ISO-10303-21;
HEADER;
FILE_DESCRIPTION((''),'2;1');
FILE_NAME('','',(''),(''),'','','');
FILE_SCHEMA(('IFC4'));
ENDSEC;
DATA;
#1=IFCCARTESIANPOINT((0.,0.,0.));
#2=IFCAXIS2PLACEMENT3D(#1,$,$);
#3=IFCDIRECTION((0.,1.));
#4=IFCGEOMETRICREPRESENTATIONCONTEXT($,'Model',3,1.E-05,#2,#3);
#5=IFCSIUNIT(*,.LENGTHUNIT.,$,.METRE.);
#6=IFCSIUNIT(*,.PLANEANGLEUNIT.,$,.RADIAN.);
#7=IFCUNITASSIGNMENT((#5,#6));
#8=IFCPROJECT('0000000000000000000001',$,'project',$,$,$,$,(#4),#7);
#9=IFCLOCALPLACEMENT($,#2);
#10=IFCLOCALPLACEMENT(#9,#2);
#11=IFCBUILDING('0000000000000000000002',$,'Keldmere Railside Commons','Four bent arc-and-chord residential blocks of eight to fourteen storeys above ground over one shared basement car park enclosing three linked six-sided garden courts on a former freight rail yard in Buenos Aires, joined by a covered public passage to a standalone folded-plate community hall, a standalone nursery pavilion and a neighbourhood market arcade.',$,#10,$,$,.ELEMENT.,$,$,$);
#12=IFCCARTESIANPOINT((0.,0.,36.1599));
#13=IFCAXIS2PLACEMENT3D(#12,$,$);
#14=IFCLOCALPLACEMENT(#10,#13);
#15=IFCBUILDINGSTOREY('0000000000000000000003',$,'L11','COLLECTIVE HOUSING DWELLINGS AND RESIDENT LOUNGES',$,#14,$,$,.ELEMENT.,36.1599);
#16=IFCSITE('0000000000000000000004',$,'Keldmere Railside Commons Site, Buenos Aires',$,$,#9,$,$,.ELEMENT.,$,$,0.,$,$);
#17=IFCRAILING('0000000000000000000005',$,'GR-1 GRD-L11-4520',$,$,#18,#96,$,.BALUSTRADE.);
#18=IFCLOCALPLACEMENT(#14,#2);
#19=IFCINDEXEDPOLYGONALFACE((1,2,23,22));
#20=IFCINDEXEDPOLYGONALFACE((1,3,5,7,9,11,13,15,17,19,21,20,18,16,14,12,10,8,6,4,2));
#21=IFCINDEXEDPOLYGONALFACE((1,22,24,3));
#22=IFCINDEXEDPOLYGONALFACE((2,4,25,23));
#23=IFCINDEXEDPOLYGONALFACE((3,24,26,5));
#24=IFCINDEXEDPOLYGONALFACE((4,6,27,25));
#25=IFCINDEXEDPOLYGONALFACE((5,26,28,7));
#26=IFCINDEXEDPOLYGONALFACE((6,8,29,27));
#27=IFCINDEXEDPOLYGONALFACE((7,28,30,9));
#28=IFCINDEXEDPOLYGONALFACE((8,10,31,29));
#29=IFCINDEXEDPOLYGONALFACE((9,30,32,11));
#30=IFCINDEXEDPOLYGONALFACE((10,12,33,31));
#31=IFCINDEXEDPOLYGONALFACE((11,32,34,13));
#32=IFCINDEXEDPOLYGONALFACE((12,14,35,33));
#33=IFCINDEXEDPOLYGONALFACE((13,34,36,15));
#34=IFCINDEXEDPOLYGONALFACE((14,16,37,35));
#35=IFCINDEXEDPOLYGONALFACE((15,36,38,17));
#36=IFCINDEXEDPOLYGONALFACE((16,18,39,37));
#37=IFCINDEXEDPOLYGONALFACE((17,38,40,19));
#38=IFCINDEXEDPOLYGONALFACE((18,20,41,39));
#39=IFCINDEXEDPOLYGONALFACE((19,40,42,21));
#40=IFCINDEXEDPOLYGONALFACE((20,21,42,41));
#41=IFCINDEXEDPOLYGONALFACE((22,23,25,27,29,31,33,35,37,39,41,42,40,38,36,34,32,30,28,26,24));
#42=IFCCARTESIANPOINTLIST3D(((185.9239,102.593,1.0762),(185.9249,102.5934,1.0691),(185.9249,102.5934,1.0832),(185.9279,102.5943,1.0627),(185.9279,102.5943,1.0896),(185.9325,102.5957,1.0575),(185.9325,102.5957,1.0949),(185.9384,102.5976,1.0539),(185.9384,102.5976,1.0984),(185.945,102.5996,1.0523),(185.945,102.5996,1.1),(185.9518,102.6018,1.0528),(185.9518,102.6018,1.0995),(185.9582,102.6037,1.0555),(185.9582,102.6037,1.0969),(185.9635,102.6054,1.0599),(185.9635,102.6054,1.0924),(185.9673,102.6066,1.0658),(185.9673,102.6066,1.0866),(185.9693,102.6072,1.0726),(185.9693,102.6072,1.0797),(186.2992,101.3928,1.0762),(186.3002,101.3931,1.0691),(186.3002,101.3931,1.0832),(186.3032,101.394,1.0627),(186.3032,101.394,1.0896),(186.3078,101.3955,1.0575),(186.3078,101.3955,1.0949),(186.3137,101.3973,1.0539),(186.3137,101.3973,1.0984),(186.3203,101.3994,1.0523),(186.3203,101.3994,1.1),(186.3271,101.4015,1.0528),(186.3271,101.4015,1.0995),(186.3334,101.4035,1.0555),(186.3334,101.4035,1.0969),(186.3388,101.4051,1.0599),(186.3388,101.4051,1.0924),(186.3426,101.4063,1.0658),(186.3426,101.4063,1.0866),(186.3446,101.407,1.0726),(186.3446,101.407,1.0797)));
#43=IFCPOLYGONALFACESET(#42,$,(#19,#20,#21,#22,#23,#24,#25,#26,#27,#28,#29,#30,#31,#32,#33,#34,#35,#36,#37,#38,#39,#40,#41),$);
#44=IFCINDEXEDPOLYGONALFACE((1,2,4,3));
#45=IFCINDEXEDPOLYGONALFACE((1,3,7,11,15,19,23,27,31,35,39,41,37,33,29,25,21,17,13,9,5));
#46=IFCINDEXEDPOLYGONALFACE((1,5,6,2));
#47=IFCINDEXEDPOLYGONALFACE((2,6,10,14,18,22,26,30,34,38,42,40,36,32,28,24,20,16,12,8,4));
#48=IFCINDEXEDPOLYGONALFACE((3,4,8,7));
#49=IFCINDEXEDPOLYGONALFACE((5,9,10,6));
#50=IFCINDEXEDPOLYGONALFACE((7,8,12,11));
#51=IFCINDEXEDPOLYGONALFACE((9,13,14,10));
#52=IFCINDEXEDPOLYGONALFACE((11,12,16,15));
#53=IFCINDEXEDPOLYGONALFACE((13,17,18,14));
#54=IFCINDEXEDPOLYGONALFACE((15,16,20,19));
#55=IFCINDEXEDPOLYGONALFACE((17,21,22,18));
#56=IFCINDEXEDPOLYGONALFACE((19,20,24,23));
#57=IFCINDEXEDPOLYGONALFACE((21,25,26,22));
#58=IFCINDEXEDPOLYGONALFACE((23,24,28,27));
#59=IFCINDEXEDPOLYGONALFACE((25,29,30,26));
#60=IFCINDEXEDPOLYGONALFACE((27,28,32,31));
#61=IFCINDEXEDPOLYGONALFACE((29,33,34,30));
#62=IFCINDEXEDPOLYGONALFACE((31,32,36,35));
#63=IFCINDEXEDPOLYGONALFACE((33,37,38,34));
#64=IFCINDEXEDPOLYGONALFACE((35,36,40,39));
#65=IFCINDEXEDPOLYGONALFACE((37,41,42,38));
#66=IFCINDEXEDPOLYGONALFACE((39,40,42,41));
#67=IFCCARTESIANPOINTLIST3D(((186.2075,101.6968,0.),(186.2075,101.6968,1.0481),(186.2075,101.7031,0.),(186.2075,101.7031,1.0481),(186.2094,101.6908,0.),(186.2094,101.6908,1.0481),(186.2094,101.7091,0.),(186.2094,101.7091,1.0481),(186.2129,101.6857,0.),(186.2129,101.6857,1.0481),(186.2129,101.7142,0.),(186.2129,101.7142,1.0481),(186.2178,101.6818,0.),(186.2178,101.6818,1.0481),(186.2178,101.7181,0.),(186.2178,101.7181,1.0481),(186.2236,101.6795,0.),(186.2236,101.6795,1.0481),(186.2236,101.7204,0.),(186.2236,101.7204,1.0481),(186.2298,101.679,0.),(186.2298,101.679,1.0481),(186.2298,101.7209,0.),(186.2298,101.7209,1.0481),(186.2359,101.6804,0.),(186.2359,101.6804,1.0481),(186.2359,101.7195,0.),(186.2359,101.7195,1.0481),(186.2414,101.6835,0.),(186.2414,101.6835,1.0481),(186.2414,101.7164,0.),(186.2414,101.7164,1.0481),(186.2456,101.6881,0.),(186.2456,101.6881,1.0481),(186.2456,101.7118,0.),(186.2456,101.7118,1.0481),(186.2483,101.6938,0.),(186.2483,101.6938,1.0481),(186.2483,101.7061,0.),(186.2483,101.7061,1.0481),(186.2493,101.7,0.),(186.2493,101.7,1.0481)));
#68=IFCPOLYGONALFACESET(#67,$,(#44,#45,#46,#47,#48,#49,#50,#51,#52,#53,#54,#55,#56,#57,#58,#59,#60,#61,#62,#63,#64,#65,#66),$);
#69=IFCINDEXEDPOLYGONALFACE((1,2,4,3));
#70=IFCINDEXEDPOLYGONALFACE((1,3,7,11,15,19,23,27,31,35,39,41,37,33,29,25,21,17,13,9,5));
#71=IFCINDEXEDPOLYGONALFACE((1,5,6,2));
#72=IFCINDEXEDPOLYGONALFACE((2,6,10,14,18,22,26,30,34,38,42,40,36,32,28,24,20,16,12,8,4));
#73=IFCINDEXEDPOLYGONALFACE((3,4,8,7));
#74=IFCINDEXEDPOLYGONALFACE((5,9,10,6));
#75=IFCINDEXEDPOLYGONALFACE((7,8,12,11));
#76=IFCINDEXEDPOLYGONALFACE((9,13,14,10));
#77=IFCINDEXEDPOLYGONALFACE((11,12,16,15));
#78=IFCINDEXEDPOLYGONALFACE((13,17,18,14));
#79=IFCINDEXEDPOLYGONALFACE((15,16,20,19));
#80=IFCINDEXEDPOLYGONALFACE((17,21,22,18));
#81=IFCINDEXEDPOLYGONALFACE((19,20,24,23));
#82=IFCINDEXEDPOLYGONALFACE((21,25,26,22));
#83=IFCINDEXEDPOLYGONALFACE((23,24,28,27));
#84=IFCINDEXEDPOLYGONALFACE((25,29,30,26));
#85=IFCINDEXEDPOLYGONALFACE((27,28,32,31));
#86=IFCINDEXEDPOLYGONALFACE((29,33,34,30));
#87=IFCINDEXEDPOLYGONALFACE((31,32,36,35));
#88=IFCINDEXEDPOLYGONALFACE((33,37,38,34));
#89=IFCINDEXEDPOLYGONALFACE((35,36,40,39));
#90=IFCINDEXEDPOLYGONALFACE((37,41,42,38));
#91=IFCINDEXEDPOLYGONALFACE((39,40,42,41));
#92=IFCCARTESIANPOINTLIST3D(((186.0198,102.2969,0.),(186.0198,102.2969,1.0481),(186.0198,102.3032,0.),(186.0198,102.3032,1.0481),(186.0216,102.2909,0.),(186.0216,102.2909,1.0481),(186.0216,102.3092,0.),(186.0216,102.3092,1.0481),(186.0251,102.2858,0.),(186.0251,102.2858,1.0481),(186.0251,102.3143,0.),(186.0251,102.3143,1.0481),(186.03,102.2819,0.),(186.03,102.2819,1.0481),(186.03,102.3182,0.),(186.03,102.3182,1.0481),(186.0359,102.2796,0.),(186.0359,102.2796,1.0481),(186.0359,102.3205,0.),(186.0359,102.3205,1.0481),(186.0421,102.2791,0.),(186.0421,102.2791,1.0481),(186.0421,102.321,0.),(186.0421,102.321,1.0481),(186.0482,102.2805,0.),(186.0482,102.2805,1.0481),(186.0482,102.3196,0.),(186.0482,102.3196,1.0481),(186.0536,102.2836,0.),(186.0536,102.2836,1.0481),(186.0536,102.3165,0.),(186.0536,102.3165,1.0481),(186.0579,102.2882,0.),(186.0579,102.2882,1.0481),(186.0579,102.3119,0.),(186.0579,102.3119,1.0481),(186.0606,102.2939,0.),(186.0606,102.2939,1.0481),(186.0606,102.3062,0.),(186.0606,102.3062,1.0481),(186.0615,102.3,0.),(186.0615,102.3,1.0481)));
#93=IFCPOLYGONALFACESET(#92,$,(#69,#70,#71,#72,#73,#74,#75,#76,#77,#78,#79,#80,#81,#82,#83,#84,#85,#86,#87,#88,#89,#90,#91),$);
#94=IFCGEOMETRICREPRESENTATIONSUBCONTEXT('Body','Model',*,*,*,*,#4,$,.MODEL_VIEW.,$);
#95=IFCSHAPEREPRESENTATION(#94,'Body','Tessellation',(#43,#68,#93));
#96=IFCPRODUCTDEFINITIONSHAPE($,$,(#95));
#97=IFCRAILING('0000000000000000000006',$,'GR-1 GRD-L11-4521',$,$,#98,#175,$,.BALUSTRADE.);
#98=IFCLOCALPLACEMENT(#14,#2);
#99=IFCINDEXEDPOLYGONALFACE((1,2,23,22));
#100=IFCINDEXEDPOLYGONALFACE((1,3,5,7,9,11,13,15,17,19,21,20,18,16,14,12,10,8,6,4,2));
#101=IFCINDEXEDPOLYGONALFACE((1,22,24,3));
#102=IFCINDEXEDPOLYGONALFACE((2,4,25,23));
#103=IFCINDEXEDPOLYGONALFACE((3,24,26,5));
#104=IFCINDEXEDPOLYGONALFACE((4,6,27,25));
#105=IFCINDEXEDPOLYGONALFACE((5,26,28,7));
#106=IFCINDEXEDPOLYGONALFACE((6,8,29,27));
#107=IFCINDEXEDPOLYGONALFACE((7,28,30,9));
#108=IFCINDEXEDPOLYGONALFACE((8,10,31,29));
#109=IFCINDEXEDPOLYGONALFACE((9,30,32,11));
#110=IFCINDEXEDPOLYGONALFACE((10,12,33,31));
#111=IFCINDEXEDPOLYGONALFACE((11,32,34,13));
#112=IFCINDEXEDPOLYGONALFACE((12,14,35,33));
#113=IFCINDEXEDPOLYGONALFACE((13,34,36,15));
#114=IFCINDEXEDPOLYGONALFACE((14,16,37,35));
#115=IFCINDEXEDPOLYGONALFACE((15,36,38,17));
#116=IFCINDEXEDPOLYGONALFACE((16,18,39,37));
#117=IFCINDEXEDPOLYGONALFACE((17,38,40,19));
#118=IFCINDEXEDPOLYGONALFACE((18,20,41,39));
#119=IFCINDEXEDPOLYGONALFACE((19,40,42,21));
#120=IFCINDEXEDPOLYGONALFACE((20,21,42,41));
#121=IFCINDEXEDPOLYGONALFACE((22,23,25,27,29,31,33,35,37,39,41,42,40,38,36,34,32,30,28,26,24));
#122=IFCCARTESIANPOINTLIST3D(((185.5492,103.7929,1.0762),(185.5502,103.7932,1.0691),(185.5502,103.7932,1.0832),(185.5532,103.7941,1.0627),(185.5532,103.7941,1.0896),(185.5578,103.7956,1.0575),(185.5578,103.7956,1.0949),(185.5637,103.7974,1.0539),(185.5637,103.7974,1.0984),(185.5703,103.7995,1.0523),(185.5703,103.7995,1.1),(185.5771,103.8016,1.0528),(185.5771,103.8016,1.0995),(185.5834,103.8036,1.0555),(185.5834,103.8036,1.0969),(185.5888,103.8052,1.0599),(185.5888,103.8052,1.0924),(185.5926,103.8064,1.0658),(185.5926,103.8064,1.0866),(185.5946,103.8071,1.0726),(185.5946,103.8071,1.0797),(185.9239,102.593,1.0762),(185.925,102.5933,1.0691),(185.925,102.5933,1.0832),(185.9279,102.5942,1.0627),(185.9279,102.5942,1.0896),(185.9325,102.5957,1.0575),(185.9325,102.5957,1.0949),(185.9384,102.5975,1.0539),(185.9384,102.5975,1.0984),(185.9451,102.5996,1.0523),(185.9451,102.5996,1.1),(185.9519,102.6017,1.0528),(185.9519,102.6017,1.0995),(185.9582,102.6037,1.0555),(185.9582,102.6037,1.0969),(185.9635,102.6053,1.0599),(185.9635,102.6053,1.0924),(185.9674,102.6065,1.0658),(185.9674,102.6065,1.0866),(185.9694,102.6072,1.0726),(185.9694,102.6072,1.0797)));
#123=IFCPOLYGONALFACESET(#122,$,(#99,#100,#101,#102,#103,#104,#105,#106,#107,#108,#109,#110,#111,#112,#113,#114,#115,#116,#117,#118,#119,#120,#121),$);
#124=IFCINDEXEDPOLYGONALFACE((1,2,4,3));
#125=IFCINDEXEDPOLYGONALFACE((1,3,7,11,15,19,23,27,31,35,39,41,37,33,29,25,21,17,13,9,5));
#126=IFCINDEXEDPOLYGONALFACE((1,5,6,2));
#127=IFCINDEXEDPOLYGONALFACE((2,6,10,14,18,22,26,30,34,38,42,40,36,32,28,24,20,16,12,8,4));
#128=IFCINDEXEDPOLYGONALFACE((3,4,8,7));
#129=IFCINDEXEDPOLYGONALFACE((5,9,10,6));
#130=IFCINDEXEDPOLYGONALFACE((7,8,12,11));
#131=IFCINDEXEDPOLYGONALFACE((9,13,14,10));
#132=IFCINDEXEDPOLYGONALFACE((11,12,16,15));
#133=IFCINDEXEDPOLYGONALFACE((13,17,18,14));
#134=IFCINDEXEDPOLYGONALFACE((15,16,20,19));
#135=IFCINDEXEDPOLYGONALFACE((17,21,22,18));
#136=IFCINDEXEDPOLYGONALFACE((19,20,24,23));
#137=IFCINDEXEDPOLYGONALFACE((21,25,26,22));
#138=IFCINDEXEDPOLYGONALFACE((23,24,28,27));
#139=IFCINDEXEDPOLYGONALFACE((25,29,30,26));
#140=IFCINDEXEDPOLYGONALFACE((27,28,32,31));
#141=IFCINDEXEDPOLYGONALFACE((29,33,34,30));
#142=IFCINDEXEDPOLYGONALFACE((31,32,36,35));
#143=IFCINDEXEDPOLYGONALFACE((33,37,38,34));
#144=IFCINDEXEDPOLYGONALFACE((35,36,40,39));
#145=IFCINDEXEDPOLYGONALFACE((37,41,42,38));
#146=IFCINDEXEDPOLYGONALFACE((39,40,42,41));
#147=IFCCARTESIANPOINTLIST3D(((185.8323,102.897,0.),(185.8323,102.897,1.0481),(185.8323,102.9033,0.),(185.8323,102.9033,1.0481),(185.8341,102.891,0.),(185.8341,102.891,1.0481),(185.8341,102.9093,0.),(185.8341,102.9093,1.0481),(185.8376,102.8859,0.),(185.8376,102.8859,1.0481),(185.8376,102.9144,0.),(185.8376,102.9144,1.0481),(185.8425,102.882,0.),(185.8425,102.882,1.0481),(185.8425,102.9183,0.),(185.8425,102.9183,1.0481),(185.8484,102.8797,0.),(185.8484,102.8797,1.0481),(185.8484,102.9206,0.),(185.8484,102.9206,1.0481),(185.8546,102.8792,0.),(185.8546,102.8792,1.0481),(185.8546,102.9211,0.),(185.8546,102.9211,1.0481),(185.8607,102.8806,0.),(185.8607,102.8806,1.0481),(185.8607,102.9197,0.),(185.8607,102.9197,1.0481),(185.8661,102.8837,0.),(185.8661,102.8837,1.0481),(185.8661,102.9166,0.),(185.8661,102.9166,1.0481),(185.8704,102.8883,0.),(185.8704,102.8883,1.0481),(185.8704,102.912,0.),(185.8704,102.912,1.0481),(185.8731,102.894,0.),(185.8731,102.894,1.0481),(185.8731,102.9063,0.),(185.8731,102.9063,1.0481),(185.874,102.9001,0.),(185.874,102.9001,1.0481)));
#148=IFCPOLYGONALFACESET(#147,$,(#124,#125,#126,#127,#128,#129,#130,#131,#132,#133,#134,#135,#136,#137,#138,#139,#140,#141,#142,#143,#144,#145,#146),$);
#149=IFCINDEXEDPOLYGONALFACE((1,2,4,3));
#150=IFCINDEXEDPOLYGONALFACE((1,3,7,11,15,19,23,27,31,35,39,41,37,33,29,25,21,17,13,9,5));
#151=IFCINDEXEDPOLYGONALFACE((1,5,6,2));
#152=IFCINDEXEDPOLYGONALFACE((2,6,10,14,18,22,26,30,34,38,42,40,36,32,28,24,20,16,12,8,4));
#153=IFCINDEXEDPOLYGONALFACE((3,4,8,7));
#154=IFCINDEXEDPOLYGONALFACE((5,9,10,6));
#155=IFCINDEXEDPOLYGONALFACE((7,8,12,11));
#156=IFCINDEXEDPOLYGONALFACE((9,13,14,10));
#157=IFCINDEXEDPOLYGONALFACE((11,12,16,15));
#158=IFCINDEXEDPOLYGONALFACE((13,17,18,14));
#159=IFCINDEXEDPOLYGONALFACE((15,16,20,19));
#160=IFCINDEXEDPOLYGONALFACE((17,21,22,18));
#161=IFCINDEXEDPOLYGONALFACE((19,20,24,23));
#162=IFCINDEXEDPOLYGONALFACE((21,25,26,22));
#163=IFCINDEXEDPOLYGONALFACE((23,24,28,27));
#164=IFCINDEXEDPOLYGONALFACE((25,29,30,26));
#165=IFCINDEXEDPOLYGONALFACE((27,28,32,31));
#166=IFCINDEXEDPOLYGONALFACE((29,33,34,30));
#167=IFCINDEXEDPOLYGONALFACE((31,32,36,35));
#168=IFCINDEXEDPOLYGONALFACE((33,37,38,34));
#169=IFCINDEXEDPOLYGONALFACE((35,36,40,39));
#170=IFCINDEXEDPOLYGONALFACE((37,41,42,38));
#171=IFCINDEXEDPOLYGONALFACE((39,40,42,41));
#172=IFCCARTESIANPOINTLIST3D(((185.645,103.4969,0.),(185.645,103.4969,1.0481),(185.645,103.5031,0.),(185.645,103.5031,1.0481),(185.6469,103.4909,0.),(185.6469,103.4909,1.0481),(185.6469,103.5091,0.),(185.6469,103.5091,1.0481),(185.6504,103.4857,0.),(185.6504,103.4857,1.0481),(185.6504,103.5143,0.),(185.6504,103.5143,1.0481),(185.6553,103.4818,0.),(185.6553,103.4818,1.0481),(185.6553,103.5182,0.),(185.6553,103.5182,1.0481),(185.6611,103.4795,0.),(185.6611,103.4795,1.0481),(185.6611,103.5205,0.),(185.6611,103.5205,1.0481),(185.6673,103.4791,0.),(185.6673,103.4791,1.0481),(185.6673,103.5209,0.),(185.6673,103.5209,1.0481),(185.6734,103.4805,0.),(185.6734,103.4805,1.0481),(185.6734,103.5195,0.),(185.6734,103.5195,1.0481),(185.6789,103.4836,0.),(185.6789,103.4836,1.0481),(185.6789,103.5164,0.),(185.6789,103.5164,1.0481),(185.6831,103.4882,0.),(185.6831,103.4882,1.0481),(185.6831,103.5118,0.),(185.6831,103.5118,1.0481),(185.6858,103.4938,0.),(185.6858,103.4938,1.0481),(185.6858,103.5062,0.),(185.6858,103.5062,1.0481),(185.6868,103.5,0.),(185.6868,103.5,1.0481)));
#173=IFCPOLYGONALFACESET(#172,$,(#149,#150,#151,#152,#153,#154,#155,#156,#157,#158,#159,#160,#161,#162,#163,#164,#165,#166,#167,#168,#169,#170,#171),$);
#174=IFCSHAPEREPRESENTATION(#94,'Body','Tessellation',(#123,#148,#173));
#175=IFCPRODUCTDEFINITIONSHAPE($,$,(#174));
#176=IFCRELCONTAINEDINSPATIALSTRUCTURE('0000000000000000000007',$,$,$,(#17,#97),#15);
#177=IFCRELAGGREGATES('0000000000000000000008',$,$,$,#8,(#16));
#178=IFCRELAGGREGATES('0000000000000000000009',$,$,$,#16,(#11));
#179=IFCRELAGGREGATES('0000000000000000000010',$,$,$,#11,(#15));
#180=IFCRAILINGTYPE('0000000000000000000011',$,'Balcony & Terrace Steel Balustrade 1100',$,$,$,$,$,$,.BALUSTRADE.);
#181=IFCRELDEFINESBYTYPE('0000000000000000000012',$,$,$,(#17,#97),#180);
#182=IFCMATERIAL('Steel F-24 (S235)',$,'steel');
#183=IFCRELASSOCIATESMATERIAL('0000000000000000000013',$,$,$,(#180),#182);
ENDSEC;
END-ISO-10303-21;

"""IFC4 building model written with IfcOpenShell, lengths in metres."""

from ifc_helpers import new_model, si_unit, direction, frame, origin, origin_2d, place, context, subcontext, project, spatial, circle, extrude, material, type_object, element, save


model = new_model("IFC4")

# Units and contexts
model_context = context("Model", 3, precision=1e-05, world=origin(), true_north=direction((0.0, 1.0)))
body_context = subcontext(model_context, "Body", "Model", "MODEL_VIEW")
ifc_project = project(units=[si_unit("LENGTHUNIT", "METRE"), si_unit("PLANEANGLEUNIT", "RADIAN")], contexts=[model_context])

# Site, building, storey
site_placement = place(None, origin())
site = spatial("IfcSite", under=ifc_project, at=site_placement, Name="Keldmere Railside Commons Site, Buenos Aires", CompositionType="ELEMENT", RefElevation=0.0)
building_placement = place(site_placement, origin())
building = spatial("IfcBuilding", under=site, at=building_placement, Name="Keldmere Railside Commons", Description="Four bent arc-and-chord residential blocks of eight to fourteen storeys above ground over one shared basement car park enclosing three linked six-sided garden courts on a former freight rail yard in Buenos Aires, joined by a covered public passage to a standalone folded-plate community hall, a standalone nursery pavilion and a neighbourhood market arcade.", CompositionType="ELEMENT")
storey_placement = place(building_placement, frame((0.0, 0.0, 36.1599)))
storey = spatial("IfcBuildingStorey", under=building, at=storey_placement, Name="L11", Description="COLLECTIVE HOUSING DWELLINGS AND RESIDENT LOUNGES", CompositionType="ELEMENT", Elevation=36.1599)

# Railings
ifc_material_1 = material(Name="Steel F-24 (S235)", Category="steel")
railing_type = type_object("IfcRailingType", Name="Balcony & Terrace Steel Balustrade 1100", PredefinedType="BALUSTRADE", material=ifc_material_1)
railing_1_placement = place(storey_placement, frame((186.322, 101.3999, 0.0)))
element("IfcRailing", 1, at=railing_1_placement, inside=storey, type_object=railing_type, Name="GR-1 GRD-L11-4520", PredefinedType="BALUSTRADE", context=body_context, shape_type="SweptSolid", body=[
    extrude(circle(Radius=0.0239, at=origin_2d()), frame((0.0, 0.0, 1.0762), z_axis=(-0.298408, 0.954439, 0.0), x_axis=(-0.954439, -0.298408, 0.0)), (0.0, 0.0, 1.0), 1.2576),
    extrude(circle(Radius=0.021, at=origin_2d()), frame((-0.0938, 0.3, 0.0)), (0.0, 0.0, 1.0), 1.0481),
    extrude(circle(Radius=0.021, at=origin_2d()), frame((-0.2815, 0.9001, 0.0)), (0.0, 0.0, 1.0), 1.0481),
])
railing_2_placement = place(storey_placement, frame((185.9468, 102.6001, 0.0)))
element("IfcRailing", 2, at=railing_2_placement, inside=storey, type_object=railing_type, Name="GR-1 GRD-L11-4521", PredefinedType="BALUSTRADE", context=body_context, shape_type="SweptSolid", body=[
    extrude(circle(Radius=0.0239, at=origin_2d()), frame((0.0, 0.0, 1.0762), z_axis=(-0.298109, 0.954532, 0.0), x_axis=(-0.954532, -0.298109, 0.0)), (0.0, 0.0, 1.0), 1.2571),
    extrude(circle(Radius=0.021, at=origin_2d()), frame((-0.0938, 0.3, 0.0)), (0.0, 0.0, 1.0), 1.0481),
    extrude(circle(Radius=0.021, at=origin_2d()), frame((-0.281, 0.8999, 0.0)), (0.0, 0.0, 1.0), 1.0481),
])

save(model, "model.ifc")
